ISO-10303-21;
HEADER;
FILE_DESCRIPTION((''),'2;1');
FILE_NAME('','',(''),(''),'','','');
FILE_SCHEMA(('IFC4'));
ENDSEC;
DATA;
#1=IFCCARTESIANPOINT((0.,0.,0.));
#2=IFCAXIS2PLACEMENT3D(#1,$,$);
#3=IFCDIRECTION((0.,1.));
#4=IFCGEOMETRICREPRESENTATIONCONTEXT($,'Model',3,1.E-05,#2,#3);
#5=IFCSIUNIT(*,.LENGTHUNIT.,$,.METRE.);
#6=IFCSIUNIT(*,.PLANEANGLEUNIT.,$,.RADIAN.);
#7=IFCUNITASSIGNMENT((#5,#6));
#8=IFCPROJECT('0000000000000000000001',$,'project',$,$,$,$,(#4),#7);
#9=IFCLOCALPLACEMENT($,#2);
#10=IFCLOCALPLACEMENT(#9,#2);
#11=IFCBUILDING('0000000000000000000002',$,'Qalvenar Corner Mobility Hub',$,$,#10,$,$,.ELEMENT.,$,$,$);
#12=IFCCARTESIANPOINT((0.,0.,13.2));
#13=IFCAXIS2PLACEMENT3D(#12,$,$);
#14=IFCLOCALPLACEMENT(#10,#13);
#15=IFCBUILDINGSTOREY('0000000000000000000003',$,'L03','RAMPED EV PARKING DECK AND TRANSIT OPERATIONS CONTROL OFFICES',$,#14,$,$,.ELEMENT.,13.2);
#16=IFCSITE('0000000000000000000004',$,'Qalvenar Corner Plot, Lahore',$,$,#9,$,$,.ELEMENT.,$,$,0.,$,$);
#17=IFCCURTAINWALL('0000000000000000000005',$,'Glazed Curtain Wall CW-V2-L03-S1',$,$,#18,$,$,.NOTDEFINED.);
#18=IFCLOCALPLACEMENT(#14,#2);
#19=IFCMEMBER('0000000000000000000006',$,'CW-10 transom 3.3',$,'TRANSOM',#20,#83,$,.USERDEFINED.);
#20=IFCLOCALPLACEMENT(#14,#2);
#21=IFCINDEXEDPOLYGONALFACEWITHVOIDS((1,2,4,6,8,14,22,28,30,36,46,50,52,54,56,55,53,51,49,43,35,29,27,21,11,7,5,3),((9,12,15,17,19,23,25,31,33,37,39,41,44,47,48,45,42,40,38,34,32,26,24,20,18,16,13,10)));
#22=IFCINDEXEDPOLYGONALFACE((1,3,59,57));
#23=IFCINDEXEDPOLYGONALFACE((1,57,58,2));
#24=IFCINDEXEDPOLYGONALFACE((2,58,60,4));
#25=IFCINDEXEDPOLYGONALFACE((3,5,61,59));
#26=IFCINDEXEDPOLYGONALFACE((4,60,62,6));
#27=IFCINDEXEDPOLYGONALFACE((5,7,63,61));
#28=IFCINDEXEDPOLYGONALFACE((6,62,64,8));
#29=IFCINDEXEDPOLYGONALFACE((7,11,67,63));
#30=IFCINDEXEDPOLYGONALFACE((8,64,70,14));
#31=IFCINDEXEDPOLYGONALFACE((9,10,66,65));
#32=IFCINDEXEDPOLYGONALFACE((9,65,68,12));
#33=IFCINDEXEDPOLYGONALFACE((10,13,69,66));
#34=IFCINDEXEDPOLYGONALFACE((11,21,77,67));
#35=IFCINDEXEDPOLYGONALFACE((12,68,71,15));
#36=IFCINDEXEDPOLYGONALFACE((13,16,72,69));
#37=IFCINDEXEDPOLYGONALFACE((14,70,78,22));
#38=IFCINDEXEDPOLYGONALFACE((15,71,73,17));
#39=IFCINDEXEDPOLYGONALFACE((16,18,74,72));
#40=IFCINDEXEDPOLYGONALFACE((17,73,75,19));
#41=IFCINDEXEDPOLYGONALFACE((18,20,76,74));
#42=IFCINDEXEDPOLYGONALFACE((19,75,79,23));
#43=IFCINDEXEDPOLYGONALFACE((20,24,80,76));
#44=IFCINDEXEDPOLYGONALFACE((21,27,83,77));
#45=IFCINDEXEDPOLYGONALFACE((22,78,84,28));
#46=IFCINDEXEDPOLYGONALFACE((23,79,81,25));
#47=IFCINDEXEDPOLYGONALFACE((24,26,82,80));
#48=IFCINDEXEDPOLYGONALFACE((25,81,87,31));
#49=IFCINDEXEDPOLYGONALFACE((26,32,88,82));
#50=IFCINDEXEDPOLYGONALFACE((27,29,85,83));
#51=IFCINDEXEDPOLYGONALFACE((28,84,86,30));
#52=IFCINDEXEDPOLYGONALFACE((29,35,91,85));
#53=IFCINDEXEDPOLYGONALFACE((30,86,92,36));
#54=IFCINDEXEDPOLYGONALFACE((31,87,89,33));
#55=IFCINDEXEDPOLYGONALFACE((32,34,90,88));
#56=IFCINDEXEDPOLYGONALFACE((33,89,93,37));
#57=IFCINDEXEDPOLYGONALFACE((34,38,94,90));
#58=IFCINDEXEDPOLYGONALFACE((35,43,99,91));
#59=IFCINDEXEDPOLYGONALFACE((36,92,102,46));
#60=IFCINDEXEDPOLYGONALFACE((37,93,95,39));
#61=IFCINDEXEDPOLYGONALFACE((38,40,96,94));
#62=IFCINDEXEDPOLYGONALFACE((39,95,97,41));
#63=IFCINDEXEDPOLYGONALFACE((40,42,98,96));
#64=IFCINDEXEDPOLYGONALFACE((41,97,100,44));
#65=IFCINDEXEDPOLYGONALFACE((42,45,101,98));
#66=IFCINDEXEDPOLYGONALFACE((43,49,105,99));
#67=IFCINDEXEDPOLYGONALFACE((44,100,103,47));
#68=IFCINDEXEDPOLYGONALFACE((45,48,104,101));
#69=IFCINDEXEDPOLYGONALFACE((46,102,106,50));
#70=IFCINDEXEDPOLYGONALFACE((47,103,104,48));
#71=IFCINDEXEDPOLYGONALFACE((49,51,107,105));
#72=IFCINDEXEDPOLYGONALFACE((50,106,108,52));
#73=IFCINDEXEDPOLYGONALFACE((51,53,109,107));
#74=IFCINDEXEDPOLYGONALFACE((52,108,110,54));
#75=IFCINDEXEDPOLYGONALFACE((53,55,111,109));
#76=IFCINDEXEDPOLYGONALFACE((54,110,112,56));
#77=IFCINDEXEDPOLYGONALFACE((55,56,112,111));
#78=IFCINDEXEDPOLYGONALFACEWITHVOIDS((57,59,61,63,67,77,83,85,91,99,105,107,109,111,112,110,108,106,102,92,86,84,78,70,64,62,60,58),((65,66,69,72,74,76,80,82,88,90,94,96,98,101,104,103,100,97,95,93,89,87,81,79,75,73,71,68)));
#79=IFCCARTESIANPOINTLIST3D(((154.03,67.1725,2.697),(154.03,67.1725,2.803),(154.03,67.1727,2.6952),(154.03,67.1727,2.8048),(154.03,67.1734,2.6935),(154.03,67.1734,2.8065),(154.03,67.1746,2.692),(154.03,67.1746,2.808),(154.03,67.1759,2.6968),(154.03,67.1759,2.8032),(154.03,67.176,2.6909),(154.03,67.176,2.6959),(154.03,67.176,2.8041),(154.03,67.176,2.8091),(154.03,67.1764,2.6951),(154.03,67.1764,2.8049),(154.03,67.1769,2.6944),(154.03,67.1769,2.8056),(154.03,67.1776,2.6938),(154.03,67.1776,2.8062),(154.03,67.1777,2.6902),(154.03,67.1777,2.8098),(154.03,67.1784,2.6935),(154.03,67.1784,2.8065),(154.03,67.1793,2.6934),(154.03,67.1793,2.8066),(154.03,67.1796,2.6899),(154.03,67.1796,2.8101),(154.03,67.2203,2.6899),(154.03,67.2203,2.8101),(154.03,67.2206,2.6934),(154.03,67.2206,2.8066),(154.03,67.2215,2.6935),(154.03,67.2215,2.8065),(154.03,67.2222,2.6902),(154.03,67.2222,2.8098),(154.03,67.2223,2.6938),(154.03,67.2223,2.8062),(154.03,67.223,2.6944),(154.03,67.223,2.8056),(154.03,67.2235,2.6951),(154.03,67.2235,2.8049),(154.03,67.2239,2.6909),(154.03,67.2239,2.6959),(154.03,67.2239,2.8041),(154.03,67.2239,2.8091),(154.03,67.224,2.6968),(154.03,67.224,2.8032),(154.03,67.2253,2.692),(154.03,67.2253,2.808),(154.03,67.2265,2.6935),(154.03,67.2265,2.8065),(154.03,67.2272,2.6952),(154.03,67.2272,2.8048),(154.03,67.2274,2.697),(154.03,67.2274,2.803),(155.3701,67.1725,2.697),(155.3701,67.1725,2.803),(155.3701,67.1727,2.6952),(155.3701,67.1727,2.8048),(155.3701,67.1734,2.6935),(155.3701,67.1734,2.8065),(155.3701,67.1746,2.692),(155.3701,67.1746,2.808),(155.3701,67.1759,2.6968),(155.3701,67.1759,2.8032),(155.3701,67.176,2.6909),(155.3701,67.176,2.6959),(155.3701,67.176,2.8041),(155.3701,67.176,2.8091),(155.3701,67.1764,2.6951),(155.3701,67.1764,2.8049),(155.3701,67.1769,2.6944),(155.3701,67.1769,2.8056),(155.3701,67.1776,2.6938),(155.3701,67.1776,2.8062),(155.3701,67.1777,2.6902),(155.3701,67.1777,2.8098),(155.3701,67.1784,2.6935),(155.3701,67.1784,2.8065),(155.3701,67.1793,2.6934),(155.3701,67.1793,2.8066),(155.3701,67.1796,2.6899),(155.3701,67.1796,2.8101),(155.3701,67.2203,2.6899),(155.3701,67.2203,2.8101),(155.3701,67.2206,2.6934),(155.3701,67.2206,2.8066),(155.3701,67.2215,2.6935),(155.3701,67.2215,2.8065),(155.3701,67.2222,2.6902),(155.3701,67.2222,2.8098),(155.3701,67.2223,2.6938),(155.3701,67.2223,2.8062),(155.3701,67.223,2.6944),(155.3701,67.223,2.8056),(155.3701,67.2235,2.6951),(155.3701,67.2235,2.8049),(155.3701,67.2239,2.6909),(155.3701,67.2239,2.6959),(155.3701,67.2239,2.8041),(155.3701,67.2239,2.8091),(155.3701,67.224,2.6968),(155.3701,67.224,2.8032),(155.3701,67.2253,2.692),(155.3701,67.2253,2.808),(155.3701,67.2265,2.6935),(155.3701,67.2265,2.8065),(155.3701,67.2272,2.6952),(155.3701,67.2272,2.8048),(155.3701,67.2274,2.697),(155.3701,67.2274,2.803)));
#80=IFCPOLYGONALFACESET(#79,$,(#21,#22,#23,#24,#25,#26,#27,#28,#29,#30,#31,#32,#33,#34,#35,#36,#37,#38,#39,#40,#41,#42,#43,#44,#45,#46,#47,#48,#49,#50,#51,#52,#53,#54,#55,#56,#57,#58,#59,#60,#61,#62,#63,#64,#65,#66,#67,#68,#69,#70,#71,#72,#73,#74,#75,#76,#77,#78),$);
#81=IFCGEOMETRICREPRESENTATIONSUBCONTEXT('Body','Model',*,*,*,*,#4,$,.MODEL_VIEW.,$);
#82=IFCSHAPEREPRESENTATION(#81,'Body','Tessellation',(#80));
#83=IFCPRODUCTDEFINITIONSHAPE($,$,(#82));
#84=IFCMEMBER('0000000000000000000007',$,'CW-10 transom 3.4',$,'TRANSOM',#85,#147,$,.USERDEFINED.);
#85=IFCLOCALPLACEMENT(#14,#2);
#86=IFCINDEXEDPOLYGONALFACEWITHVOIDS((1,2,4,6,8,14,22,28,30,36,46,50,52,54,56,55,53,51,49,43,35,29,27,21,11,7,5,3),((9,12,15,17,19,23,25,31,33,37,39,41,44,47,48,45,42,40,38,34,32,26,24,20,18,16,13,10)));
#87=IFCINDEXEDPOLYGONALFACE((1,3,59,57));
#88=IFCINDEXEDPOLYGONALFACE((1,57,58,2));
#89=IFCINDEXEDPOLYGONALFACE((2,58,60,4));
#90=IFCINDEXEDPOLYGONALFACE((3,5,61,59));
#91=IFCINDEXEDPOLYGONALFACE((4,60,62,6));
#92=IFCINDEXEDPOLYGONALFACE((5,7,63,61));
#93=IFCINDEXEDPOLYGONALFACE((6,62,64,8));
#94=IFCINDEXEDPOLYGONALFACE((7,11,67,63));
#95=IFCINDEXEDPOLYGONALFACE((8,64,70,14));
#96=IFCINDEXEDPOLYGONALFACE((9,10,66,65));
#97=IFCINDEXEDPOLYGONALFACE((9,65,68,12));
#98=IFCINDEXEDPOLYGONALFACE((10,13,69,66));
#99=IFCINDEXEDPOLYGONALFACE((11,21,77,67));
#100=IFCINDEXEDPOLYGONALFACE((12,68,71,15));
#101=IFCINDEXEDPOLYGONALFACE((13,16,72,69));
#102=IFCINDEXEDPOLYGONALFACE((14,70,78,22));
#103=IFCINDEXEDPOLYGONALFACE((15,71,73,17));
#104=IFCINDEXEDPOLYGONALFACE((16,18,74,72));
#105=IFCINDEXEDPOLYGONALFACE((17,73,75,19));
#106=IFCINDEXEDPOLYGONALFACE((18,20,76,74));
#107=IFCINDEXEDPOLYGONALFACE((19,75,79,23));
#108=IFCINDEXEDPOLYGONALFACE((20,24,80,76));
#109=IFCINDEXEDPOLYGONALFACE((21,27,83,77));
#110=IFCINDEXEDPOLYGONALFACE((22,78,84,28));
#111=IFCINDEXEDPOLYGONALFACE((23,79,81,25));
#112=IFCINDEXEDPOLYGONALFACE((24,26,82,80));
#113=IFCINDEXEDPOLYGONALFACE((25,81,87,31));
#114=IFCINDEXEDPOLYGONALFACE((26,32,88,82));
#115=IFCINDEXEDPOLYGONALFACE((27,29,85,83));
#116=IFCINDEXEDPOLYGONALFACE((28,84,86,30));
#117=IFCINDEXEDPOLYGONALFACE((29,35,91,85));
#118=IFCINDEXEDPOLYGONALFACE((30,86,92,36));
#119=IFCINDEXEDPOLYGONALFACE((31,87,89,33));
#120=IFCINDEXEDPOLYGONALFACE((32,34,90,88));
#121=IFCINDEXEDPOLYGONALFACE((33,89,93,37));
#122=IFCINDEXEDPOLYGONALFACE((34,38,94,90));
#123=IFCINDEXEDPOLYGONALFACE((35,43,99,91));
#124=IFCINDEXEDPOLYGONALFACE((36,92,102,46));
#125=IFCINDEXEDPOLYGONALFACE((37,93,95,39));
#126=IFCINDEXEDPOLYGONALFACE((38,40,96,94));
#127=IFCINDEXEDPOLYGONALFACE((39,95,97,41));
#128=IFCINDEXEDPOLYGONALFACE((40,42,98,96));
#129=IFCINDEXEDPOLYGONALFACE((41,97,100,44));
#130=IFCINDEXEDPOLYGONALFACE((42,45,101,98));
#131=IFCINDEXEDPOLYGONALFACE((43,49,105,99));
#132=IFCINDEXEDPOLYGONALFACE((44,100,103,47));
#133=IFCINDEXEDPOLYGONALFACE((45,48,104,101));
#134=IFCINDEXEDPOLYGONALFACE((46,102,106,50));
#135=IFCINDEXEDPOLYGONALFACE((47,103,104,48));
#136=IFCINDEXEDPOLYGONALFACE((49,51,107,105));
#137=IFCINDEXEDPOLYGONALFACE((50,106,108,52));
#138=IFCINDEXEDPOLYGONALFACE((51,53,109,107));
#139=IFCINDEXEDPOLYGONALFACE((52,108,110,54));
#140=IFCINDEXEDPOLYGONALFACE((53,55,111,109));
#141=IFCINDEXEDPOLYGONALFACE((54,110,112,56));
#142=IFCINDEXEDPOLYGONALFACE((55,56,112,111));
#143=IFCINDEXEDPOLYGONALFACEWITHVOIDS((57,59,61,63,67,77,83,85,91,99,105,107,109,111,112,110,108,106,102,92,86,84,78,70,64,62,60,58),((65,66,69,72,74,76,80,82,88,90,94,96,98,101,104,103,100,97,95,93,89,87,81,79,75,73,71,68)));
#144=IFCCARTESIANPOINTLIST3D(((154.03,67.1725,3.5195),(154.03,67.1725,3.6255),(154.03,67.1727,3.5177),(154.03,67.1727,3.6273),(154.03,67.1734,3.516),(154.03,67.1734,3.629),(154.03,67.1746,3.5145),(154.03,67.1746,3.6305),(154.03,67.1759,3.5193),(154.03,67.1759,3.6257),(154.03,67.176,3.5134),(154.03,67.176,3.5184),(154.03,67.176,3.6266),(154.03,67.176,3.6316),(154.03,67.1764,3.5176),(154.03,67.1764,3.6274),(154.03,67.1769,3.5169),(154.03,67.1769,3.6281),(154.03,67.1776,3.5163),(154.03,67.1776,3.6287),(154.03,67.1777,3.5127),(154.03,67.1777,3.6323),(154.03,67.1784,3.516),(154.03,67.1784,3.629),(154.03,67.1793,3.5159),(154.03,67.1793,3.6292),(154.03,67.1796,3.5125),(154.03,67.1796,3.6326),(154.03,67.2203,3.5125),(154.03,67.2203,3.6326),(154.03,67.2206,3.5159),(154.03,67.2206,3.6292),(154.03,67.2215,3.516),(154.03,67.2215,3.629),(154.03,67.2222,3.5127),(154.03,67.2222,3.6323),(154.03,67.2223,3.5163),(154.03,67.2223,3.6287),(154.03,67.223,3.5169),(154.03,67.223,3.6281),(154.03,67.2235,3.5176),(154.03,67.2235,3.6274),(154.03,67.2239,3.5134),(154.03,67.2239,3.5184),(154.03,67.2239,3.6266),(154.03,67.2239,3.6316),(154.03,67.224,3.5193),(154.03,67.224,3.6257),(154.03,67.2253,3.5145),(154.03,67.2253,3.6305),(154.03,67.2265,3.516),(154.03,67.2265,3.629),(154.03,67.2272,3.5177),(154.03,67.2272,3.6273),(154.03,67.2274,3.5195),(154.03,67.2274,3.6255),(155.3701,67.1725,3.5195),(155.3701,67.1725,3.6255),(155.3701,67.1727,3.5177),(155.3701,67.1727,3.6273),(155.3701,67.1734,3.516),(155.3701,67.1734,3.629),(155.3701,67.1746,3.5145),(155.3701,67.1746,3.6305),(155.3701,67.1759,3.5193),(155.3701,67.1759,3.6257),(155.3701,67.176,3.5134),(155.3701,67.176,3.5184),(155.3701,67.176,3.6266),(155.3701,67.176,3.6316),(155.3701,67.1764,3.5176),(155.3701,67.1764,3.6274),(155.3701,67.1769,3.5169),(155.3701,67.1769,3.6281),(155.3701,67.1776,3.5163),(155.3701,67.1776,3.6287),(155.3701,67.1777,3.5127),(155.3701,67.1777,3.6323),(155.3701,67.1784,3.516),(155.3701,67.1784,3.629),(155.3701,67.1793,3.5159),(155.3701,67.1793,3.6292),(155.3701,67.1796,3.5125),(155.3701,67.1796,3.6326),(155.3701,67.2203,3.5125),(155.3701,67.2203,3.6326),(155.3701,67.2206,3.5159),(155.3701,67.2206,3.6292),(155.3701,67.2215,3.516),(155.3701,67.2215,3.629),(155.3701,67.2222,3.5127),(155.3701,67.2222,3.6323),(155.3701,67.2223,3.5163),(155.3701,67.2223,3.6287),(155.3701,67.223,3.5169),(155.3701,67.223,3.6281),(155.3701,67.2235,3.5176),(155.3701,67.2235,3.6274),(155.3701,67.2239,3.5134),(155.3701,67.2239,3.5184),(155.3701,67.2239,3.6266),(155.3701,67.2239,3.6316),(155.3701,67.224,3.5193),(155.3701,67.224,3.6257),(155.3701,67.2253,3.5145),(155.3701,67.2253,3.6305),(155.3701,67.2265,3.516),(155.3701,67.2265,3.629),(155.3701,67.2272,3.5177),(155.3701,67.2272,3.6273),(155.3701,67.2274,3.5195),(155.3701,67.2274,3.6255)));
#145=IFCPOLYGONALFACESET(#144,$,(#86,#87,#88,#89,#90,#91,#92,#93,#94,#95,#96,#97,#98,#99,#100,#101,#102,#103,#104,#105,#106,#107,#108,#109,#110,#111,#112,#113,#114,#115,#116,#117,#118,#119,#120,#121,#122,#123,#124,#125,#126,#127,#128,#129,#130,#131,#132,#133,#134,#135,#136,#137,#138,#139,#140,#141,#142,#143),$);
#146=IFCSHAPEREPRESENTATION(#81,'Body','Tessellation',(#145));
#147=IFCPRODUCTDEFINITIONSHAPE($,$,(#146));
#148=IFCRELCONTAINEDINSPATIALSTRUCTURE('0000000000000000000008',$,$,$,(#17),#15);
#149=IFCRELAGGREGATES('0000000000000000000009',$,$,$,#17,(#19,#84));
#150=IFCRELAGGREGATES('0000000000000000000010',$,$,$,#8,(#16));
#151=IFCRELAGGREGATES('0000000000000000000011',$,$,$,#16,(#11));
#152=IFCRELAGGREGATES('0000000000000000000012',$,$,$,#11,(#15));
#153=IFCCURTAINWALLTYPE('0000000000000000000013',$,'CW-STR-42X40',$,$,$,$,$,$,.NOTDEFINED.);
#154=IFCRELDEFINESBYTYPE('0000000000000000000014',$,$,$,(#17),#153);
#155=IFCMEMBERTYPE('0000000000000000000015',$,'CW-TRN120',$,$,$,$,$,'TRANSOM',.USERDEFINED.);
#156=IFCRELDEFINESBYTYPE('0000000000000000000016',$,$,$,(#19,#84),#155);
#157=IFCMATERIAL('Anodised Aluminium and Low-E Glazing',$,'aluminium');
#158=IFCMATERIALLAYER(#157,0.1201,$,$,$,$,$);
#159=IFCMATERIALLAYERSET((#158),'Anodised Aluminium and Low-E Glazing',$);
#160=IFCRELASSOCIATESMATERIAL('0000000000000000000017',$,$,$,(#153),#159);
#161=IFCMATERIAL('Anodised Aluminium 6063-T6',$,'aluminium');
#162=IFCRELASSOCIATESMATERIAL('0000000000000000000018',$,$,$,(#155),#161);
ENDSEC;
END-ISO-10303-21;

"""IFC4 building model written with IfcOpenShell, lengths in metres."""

from ifc_helpers import new_model, si_unit, direction, frame, origin, origin_2d, place, context, subcontext, project, spatial, hollow_rectangle, extrude, material, layer, layer_set, material_profile, profile_set, type_object, element, aggregate, save


model = new_model("IFC4")

# Units and contexts
model_context = context("Model", 3, precision=1e-05, world=origin(), true_north=direction((0.0, 1.0)))
body_context = subcontext(model_context, "Body", "Model", "MODEL_VIEW")
ifc_project = project(units=[si_unit("LENGTHUNIT", "METRE"), si_unit("PLANEANGLEUNIT", "RADIAN")], contexts=[model_context])

# Site, building, storey
site_placement = place(None, origin())
site = spatial("IfcSite", under=ifc_project, at=site_placement, Name="Qalvenar Corner Plot, Lahore", CompositionType="ELEMENT", RefElevation=0.0)
building_placement = place(site_placement, origin())
building = spatial("IfcBuilding", under=site, at=building_placement, Name="Qalvenar Corner Mobility Hub", CompositionType="ELEMENT")
storey_placement = place(building_placement, frame((0.0, 0.0, 13.2)))
storey = spatial("IfcBuildingStorey", under=building, at=storey_placement, Name="L03", Description="RAMPED EV PARKING DECK AND TRANSIT OPERATIONS CONTROL OFFICES", CompositionType="ELEMENT", Elevation=13.2)

# Curtain wall, members
ifc_material_1 = material(Name="Anodised Aluminium and Low-E Glazing", Category="aluminium")
ifc_layer_1 = layer(ifc_material_1, 0.1201)
ifc_layer_set_1 = layer_set([ifc_layer_1], Name="Anodised Aluminium and Low-E Glazing")
curtain_wall_type = type_object("IfcCurtainWallType", Name="CW-STR-42X40", PredefinedType="NOTDEFINED", material=ifc_layer_set_1)
curtain_wall_placement = place(storey_placement, origin())
curtain_wall = element("IfcCurtainWall", 1, at=curtain_wall_placement, inside=storey, type_object=curtain_wall_type, Name="Glazed Curtain Wall CW-V2-L03-S1", PredefinedType="NOTDEFINED")
ifc_material_2 = material(Name="Anodised Aluminium 6063-T6", Category="aluminium")
ifc_material_profile_1 = material_profile(ifc_material_2, hollow_rectangle(XDim=0.0549, YDim=0.1201, WallThickness=0.0034, InnerFilletRadius=0.0034, OuterFilletRadius=0.0071, at=origin_2d()), Name="RHS120x55x3.5")
ifc_profile_set_1 = profile_set([ifc_material_profile_1], Name="Anodised Aluminium 6063-T6")
member_type_1 = type_object("IfcMemberType", Name="CW-TRN120", ElementType="TRANSOM", PredefinedType="USERDEFINED", material=ifc_profile_set_1)
member_1_placement = place(storey_placement, frame((154.03, 67.2, 2.75), z_axis=(1.0, 0.0, 0.0), x_axis=(0.0, 1.0, 0.0)))
member_1 = element("IfcMember", 2, at=member_1_placement, type_object=member_type_1, Name="CW-10 transom 3.3", ObjectType="TRANSOM", PredefinedType="USERDEFINED", context=body_context, shape_type="SweptSolid", body=[
    extrude(hollow_rectangle(XDim=0.0549, YDim=0.1201, WallThickness=0.0034, InnerFilletRadius=0.0034, OuterFilletRadius=0.0071, at=origin_2d()), origin(), (0.0, 0.0, 1.0), 1.3401),
])
member_2_placement = place(storey_placement, frame((154.03, 67.2, 3.5725), z_axis=(1.0, 0.0, 0.0), x_axis=(0.0, 1.0, 0.0)))
member_2 = element("IfcMember", 3, at=member_2_placement, type_object=member_type_1, Name="CW-10 transom 3.4", ObjectType="TRANSOM", PredefinedType="USERDEFINED", context=body_context, shape_type="SweptSolid", body=[
    extrude(hollow_rectangle(XDim=0.0549, YDim=0.1201, WallThickness=0.0034, InnerFilletRadius=0.0034, OuterFilletRadius=0.0071, at=origin_2d()), origin(), (0.0, 0.0, 1.0), 1.3401),
])
aggregate(curtain_wall, [member_1, member_2])

save(model, "model.ifc")
